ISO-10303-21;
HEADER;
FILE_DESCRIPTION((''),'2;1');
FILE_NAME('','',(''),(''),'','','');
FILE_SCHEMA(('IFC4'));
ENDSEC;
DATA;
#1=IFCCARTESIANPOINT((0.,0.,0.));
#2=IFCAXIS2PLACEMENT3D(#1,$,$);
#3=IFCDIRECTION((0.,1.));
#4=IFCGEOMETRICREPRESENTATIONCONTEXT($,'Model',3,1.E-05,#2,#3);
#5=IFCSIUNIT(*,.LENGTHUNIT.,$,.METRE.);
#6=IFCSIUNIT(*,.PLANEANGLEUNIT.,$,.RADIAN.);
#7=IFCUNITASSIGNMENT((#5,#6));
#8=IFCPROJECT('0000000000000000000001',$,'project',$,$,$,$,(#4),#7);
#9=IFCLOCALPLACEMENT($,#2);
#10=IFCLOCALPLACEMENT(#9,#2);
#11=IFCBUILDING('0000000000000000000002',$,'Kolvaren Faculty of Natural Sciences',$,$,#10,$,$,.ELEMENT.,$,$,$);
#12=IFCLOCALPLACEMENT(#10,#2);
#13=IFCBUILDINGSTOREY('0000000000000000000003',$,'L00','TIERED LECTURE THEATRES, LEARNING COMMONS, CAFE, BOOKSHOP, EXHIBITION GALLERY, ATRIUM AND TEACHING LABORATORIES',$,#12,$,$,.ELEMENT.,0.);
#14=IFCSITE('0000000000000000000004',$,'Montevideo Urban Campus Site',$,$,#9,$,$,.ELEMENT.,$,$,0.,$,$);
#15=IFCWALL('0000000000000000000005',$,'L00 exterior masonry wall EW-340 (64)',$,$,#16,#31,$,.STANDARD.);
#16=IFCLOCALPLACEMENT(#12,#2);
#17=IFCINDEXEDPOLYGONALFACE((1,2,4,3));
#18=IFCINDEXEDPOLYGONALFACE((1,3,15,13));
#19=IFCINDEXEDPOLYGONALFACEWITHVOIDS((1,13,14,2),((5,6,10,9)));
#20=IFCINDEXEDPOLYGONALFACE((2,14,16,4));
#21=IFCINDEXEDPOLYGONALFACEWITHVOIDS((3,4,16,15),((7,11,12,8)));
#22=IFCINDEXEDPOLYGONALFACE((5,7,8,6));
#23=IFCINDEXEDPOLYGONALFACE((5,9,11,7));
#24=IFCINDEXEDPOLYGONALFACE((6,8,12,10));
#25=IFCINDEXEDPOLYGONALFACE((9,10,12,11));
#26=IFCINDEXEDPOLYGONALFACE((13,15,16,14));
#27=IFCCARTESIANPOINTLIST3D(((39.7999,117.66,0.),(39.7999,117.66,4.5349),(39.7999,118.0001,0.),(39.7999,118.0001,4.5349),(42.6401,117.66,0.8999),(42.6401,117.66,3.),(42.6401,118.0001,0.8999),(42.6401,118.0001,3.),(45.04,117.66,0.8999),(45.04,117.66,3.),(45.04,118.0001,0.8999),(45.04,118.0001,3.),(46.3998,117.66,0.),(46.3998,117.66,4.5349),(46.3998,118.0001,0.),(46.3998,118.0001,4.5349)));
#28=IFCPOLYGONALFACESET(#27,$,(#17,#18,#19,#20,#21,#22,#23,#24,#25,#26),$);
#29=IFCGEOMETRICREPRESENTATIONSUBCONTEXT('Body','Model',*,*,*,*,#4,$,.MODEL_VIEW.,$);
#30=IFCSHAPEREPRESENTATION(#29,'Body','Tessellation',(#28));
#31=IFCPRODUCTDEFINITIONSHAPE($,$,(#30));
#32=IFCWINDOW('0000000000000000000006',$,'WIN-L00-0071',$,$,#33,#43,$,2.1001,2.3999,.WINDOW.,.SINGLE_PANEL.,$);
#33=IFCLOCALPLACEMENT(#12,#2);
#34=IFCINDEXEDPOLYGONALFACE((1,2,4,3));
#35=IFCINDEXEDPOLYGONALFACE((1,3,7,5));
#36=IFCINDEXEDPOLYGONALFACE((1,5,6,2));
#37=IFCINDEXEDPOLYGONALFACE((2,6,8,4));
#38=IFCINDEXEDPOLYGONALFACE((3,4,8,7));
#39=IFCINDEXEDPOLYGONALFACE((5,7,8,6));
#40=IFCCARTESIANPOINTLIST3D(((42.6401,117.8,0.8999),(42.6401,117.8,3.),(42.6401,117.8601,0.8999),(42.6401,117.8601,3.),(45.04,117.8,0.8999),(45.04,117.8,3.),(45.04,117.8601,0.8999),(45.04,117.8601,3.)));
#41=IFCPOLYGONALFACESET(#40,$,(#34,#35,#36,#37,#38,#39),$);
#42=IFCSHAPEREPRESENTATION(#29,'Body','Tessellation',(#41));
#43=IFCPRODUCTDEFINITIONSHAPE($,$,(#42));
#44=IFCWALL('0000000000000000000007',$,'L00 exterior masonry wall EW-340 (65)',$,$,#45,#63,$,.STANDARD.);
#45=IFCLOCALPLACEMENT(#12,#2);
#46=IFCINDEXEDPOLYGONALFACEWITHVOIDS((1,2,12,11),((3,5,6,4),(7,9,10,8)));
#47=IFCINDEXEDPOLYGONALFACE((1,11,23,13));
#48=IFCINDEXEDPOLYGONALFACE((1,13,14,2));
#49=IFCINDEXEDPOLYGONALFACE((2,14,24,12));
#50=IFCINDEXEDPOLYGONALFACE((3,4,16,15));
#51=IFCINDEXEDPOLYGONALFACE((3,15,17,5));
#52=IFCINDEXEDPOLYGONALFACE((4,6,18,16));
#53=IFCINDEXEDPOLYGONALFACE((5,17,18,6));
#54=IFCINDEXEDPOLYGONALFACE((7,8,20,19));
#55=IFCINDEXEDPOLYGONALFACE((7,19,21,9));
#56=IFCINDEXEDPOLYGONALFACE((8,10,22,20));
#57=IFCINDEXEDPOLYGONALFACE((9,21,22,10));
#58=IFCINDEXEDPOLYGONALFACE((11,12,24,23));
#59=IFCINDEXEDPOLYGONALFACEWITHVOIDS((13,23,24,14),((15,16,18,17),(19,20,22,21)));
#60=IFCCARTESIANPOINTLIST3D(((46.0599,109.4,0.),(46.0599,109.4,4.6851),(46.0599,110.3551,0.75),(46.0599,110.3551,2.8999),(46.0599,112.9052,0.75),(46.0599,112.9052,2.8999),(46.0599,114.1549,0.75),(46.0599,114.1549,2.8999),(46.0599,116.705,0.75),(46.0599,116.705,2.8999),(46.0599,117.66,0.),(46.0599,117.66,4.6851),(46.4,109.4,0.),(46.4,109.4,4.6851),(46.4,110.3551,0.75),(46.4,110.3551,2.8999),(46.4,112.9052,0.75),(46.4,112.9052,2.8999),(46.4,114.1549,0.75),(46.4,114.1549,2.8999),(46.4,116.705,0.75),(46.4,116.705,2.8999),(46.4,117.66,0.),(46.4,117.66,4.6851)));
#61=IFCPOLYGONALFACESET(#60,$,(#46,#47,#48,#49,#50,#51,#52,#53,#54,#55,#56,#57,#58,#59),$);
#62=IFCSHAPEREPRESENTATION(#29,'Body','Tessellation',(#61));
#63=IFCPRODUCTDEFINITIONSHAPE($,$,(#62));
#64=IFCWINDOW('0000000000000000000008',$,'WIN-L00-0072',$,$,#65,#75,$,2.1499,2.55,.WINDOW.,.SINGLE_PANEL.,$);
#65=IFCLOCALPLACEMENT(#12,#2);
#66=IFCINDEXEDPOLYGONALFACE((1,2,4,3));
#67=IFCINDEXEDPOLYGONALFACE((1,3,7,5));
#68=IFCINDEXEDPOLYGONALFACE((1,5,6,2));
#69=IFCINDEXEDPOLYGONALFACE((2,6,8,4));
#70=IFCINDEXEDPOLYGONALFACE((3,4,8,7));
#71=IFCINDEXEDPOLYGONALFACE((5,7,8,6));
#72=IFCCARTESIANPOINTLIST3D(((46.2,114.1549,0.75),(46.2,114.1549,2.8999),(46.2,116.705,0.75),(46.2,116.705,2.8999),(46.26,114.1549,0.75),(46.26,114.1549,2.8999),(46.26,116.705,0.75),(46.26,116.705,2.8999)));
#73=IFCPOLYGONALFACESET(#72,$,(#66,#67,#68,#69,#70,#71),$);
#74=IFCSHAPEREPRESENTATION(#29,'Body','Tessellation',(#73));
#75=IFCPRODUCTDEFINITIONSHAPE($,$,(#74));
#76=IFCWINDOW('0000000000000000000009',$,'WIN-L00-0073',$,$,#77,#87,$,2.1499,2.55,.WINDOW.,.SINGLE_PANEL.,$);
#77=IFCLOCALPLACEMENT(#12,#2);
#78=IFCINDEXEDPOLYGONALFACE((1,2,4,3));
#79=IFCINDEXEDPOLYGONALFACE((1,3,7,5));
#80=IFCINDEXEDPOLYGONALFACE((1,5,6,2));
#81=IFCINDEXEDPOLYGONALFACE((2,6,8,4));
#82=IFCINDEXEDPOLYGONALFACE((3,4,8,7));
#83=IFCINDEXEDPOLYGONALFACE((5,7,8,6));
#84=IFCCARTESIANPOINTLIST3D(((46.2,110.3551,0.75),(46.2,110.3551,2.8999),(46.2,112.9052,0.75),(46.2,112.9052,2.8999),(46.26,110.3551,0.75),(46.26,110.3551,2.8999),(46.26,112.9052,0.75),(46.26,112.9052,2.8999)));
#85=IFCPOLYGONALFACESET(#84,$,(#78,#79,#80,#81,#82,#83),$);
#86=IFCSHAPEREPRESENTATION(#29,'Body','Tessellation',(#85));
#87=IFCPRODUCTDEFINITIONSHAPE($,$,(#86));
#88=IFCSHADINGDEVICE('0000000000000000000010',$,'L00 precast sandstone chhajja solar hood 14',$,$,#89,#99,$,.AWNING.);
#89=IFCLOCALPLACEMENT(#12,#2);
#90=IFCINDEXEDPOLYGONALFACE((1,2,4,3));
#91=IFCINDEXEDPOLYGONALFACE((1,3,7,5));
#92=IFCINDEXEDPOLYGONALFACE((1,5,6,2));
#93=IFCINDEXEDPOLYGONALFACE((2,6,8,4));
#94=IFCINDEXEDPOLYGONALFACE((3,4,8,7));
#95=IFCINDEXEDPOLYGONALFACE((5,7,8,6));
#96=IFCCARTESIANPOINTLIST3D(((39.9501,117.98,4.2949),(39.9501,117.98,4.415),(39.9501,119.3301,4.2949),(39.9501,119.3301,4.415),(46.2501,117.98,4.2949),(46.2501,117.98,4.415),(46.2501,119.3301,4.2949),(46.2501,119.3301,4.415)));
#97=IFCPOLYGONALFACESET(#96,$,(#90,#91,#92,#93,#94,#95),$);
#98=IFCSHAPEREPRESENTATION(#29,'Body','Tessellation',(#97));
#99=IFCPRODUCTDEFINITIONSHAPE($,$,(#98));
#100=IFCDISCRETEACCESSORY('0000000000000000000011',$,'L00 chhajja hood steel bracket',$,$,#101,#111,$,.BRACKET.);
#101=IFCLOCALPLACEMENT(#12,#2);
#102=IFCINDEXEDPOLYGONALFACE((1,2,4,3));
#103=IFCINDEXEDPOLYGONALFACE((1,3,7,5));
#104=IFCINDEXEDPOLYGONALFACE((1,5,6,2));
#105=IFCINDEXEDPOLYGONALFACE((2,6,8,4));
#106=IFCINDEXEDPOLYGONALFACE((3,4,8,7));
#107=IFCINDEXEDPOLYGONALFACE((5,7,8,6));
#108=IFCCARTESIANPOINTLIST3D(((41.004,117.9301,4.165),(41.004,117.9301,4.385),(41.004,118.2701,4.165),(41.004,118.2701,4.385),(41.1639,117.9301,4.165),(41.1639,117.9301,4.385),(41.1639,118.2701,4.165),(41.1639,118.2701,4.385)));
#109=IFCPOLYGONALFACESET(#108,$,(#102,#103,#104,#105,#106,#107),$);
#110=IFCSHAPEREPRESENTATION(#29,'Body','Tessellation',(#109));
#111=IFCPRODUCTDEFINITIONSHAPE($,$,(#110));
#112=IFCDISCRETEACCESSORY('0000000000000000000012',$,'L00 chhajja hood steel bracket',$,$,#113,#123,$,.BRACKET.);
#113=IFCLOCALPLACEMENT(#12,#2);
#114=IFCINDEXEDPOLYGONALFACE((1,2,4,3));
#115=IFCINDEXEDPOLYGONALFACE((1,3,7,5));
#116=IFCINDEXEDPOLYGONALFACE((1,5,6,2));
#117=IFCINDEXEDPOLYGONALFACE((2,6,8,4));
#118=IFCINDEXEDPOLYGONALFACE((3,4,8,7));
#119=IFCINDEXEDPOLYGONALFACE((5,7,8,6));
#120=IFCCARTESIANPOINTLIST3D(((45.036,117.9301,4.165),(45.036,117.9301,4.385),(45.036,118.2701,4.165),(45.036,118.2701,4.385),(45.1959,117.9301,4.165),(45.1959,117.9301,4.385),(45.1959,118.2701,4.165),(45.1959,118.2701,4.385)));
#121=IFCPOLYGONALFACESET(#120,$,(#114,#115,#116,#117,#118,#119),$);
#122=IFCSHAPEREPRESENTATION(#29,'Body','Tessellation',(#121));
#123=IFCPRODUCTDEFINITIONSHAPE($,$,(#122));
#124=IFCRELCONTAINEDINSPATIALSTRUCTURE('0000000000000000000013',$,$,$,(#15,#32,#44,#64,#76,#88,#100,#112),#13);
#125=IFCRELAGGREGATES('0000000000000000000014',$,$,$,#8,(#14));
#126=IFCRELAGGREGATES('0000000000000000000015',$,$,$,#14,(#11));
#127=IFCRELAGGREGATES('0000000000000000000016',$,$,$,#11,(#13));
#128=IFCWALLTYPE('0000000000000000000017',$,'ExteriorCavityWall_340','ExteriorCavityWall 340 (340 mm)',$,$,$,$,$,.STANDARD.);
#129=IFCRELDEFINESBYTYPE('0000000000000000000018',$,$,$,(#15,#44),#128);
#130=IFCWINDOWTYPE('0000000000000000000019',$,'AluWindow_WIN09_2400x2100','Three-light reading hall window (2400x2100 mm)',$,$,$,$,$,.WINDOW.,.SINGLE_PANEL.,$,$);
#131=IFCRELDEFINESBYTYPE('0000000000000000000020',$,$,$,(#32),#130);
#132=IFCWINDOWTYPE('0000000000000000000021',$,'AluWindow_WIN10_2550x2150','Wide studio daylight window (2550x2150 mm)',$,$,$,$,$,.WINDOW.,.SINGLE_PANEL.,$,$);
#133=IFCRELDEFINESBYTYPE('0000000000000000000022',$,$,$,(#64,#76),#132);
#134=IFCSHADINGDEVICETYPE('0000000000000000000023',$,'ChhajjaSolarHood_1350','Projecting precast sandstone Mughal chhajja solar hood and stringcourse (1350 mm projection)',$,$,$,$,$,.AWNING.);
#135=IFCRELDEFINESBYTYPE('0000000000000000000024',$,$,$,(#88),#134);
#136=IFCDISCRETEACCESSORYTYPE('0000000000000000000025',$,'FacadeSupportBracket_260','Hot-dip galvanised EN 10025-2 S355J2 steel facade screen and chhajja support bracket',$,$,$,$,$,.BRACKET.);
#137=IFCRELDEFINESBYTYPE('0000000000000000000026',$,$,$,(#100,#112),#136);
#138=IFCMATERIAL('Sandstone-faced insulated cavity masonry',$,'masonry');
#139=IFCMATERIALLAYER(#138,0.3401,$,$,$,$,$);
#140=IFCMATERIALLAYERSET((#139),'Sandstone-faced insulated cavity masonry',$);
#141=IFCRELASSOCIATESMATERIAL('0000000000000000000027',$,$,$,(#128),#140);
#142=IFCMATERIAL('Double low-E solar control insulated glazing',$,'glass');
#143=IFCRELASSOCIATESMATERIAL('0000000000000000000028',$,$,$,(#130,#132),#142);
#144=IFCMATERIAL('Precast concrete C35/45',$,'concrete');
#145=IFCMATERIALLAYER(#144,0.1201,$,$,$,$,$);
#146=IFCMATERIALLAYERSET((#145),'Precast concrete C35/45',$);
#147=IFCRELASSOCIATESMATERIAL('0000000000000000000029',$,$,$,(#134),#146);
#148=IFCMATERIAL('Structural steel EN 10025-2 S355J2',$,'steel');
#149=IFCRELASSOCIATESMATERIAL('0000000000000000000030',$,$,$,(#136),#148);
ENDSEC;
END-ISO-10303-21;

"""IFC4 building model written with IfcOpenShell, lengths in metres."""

from ifc_helpers import new_model, si_unit, direction, frame, frame_2d, origin, origin_2d, place, context, subcontext, project, spatial, rectangle, extrude, material, layer, layer_set, type_object, element, fill, save


model = new_model("IFC4")

# Units and contexts
model_context = context("Model", 3, precision=1e-05, world=origin(), true_north=direction((0.0, 1.0)))
body_context = subcontext(model_context, "Body", "Model", "MODEL_VIEW")
ifc_project = project(units=[si_unit("LENGTHUNIT", "METRE"), si_unit("PLANEANGLEUNIT", "RADIAN")], contexts=[model_context])

# Site, building, storey
site_placement = place(None, origin())
site = spatial("IfcSite", under=ifc_project, at=site_placement, Name="Montevideo Urban Campus Site", CompositionType="ELEMENT", RefElevation=0.0)
building_placement = place(site_placement, origin())
building = spatial("IfcBuilding", under=site, at=building_placement, Name="Kolvaren Faculty of Natural Sciences", CompositionType="ELEMENT")
storey_placement = place(building_placement, origin())
storey = spatial("IfcBuildingStorey", under=building, at=storey_placement, Name="L00", Description="TIERED LECTURE THEATRES, LEARNING COMMONS, CAFE, BOOKSHOP, EXHIBITION GALLERY, ATRIUM AND TEACHING LABORATORIES", CompositionType="ELEMENT", Elevation=0.0)

# Wall, opening, window
ifc_material_1 = material(Name="Sandstone-faced insulated cavity masonry", Category="masonry")
ifc_layer_1 = layer(ifc_material_1, 0.3401)
ifc_layer_set_1 = layer_set([ifc_layer_1], Name="Sandstone-faced insulated cavity masonry")
wall_type = type_object("IfcWallType", Name="ExteriorCavityWall_340", Description="ExteriorCavityWall 340 (340 mm)", PredefinedType="STANDARD", material=ifc_layer_set_1)
wall_1_placement = place(storey_placement, frame((39.8, 117.8301, 0.0), z_axis=(0.0, 0.0, 1.0), x_axis=(1.0, 0.0, 0.0)))
wall_1 = element("IfcWall", 1, at=wall_1_placement, inside=storey, type_object=wall_type, Name="L00 exterior masonry wall EW-340 (64)", PredefinedType="STANDARD", context=body_context, shape_type="SweptSolid", body=[
    extrude(rectangle(XDim=6.5999, YDim=0.3401, at=frame_2d((3.2998, 0.0))), origin(), (0.0, 0.0, 1.0), 4.5349),
])
opening_1_placement = place(wall_1_placement, frame((2.8401, 0.0, 0.8999)))
opening_1 = element("IfcOpeningElement", 2, at=opening_1_placement, cuts=wall_1, PredefinedType="OPENING", context=body_context, shape_type="SweptSolid", body=[
    extrude(rectangle(XDim=2.3999, YDim=2.1001, at=frame_2d((1.2, 1.05))), frame((0.0, 0.1799, 0.0), z_axis=(0.0, -1.0, 0.0), x_axis=(1.0, 0.0, 0.0)), (0.0, 0.0, 1.0), 0.3601),
])
ifc_material_2 = material(Name="Double low-E solar control insulated glazing", Category="glass")
window_type_1 = type_object("IfcWindowType", Name="AluWindow_WIN09_2400x2100", Description="Three-light reading hall window (2400x2100 mm)", PartitioningType="SINGLE_PANEL", PredefinedType="WINDOW", material=ifc_material_2)
window_1_placement = place(opening_1_placement, origin())
window_1 = element("IfcWindow", 3, at=window_1_placement, inside=storey, type_object=window_type_1, Name="WIN-L00-0071", OverallHeight=2.1001, OverallWidth=2.3999, PartitioningType="SINGLE_PANEL", PredefinedType="WINDOW", context=body_context, shape_type="SweptSolid", body=[
    extrude(rectangle(XDim=2.3999, YDim=2.1001, at=frame_2d((1.2, 1.05))), frame((0.0, 0.03, 0.0), z_axis=(0.0, -1.0, 0.0), x_axis=(1.0, 0.0, 0.0)), (0.0, 0.0, 1.0), 0.0601),
])
fill(opening_1, window_1)

# Wall, openings, windows
wall_2_placement = place(storey_placement, frame((46.23, 117.6599, 0.0), z_axis=(0.0, 0.0, 1.0), x_axis=(0.0, -1.0, 0.0)))
wall_2 = element("IfcWall", 4, at=wall_2_placement, inside=storey, type_object=wall_type, Name="L00 exterior masonry wall EW-340 (65)", PredefinedType="STANDARD", context=body_context, shape_type="SweptSolid", body=[
    extrude(rectangle(XDim=8.26, YDim=0.3401, at=frame_2d((4.1299, 0.0))), origin(), (0.0, 0.0, 1.0), 4.6851),
])
opening_2_placement = place(wall_2_placement, frame((0.9551, 0.0, 0.75)))
opening_2 = element("IfcOpeningElement", 5, at=opening_2_placement, cuts=wall_2, PredefinedType="OPENING", context=body_context, shape_type="SweptSolid", body=[
    extrude(rectangle(XDim=2.55, YDim=2.1499, at=frame_2d((1.2749, 1.075))), frame((0.0, 0.1799, 0.0), z_axis=(0.0, -1.0, 0.0), x_axis=(1.0, 0.0, 0.0)), (0.0, 0.0, 1.0), 0.3601),
])
opening_3_placement = place(wall_2_placement, frame((4.7549, 0.0, 0.75)))
opening_3 = element("IfcOpeningElement", 6, at=opening_3_placement, cuts=wall_2, PredefinedType="OPENING", context=body_context, shape_type="SweptSolid", body=[
    extrude(rectangle(XDim=2.55, YDim=2.1499, at=frame_2d((1.2749, 1.075))), frame((0.0, 0.1799, 0.0), z_axis=(0.0, -1.0, 0.0), x_axis=(1.0, 0.0, 0.0)), (0.0, 0.0, 1.0), 0.3601),
])
window_type_2 = type_object("IfcWindowType", Name="AluWindow_WIN10_2550x2150", Description="Wide studio daylight window (2550x2150 mm)", PartitioningType="SINGLE_PANEL", PredefinedType="WINDOW", material=ifc_material_2)
window_2_placement = place(opening_2_placement, origin())
window_2 = element("IfcWindow", 7, at=window_2_placement, inside=storey, type_object=window_type_2, Name="WIN-L00-0072", OverallHeight=2.1499, OverallWidth=2.55, PartitioningType="SINGLE_PANEL", PredefinedType="WINDOW", context=body_context, shape_type="SweptSolid", body=[
    extrude(rectangle(XDim=2.55, YDim=2.1499, at=frame_2d((1.2749, 1.075))), frame((0.0, 0.03, 0.0), z_axis=(0.0, -1.0, 0.0), x_axis=(1.0, 0.0, 0.0)), (0.0, 0.0, 1.0), 0.0601),
])
fill(opening_2, window_2)
window_3_placement = place(opening_3_placement, origin())
window_3 = element("IfcWindow", 8, at=window_3_placement, inside=storey, type_object=window_type_2, Name="WIN-L00-0073", OverallHeight=2.1499, OverallWidth=2.55, PartitioningType="SINGLE_PANEL", PredefinedType="WINDOW", context=body_context, shape_type="SweptSolid", body=[
    extrude(rectangle(XDim=2.55, YDim=2.1499, at=frame_2d((1.2749, 1.075))), frame((0.0, 0.03, 0.0), z_axis=(0.0, -1.0, 0.0), x_axis=(1.0, 0.0, 0.0)), (0.0, 0.0, 1.0), 0.0601),
])
fill(opening_3, window_3)

# Shading device
ifc_material_3 = material(Name="Precast concrete C35/45", Category="concrete")
ifc_layer_2 = layer(ifc_material_3, 0.1201)
ifc_layer_set_2 = layer_set([ifc_layer_2], Name="Precast concrete C35/45")
shading_device_type = type_object("IfcShadingDeviceType", Name="ChhajjaSolarHood_1350", Description="Projecting precast sandstone Mughal chhajja solar hood and stringcourse (1350 mm projection)", PredefinedType="AWNING", material=ifc_layer_set_2)
shading_device_placement = place(storey_placement, frame((43.1001, 118.655, 4.2949), z_axis=(0.0, 0.0, 1.0), x_axis=(1.0, 0.0, 0.0)))
element("IfcShadingDevice", 9, at=shading_device_placement, inside=storey, type_object=shading_device_type, Name="L00 precast sandstone chhajja solar hood 14", PredefinedType="AWNING", context=body_context, shape_type="SweptSolid", body=[
    extrude(rectangle(XDim=6.3, YDim=1.3501, at=origin_2d()), origin(), (0.0, 0.0, 1.0), 0.1201),
])

# Discrete accessories
ifc_material_4 = material(Name="Structural steel EN 10025-2 S355J2", Category="steel")
discrete_accessory_type = type_object("IfcDiscreteAccessoryType", Name="FacadeSupportBracket_260", Description="Hot-dip galvanised EN 10025-2 S355J2 steel facade screen and chhajja support bracket", PredefinedType="BRACKET", material=ifc_material_4)
for number, where, z_axis, x_axis, name in (
    (10, (41.084, 118.1001, 4.165), (0.0, 0.0, 1.0), (1.0, 0.0, 0.0), "L00 chhajja hood steel bracket"),
    (11, (45.116, 118.1001, 4.165), (0.0, 0.0, 1.0), (1.0, 0.0, 0.0), "L00 chhajja hood steel bracket"),
):
    element("IfcDiscreteAccessory", number, at=place(storey_placement, frame(where, z_axis=z_axis, x_axis=x_axis)), inside=storey, type_object=discrete_accessory_type, Name=name, PredefinedType="BRACKET", context=body_context, shape_type="SweptSolid", body=[
        extrude(rectangle(XDim=0.1599, YDim=0.3401, at=origin_2d()), origin(), (0.0, 0.0, 1.0), 0.22),
    ])

save(model, "model.ifc")
